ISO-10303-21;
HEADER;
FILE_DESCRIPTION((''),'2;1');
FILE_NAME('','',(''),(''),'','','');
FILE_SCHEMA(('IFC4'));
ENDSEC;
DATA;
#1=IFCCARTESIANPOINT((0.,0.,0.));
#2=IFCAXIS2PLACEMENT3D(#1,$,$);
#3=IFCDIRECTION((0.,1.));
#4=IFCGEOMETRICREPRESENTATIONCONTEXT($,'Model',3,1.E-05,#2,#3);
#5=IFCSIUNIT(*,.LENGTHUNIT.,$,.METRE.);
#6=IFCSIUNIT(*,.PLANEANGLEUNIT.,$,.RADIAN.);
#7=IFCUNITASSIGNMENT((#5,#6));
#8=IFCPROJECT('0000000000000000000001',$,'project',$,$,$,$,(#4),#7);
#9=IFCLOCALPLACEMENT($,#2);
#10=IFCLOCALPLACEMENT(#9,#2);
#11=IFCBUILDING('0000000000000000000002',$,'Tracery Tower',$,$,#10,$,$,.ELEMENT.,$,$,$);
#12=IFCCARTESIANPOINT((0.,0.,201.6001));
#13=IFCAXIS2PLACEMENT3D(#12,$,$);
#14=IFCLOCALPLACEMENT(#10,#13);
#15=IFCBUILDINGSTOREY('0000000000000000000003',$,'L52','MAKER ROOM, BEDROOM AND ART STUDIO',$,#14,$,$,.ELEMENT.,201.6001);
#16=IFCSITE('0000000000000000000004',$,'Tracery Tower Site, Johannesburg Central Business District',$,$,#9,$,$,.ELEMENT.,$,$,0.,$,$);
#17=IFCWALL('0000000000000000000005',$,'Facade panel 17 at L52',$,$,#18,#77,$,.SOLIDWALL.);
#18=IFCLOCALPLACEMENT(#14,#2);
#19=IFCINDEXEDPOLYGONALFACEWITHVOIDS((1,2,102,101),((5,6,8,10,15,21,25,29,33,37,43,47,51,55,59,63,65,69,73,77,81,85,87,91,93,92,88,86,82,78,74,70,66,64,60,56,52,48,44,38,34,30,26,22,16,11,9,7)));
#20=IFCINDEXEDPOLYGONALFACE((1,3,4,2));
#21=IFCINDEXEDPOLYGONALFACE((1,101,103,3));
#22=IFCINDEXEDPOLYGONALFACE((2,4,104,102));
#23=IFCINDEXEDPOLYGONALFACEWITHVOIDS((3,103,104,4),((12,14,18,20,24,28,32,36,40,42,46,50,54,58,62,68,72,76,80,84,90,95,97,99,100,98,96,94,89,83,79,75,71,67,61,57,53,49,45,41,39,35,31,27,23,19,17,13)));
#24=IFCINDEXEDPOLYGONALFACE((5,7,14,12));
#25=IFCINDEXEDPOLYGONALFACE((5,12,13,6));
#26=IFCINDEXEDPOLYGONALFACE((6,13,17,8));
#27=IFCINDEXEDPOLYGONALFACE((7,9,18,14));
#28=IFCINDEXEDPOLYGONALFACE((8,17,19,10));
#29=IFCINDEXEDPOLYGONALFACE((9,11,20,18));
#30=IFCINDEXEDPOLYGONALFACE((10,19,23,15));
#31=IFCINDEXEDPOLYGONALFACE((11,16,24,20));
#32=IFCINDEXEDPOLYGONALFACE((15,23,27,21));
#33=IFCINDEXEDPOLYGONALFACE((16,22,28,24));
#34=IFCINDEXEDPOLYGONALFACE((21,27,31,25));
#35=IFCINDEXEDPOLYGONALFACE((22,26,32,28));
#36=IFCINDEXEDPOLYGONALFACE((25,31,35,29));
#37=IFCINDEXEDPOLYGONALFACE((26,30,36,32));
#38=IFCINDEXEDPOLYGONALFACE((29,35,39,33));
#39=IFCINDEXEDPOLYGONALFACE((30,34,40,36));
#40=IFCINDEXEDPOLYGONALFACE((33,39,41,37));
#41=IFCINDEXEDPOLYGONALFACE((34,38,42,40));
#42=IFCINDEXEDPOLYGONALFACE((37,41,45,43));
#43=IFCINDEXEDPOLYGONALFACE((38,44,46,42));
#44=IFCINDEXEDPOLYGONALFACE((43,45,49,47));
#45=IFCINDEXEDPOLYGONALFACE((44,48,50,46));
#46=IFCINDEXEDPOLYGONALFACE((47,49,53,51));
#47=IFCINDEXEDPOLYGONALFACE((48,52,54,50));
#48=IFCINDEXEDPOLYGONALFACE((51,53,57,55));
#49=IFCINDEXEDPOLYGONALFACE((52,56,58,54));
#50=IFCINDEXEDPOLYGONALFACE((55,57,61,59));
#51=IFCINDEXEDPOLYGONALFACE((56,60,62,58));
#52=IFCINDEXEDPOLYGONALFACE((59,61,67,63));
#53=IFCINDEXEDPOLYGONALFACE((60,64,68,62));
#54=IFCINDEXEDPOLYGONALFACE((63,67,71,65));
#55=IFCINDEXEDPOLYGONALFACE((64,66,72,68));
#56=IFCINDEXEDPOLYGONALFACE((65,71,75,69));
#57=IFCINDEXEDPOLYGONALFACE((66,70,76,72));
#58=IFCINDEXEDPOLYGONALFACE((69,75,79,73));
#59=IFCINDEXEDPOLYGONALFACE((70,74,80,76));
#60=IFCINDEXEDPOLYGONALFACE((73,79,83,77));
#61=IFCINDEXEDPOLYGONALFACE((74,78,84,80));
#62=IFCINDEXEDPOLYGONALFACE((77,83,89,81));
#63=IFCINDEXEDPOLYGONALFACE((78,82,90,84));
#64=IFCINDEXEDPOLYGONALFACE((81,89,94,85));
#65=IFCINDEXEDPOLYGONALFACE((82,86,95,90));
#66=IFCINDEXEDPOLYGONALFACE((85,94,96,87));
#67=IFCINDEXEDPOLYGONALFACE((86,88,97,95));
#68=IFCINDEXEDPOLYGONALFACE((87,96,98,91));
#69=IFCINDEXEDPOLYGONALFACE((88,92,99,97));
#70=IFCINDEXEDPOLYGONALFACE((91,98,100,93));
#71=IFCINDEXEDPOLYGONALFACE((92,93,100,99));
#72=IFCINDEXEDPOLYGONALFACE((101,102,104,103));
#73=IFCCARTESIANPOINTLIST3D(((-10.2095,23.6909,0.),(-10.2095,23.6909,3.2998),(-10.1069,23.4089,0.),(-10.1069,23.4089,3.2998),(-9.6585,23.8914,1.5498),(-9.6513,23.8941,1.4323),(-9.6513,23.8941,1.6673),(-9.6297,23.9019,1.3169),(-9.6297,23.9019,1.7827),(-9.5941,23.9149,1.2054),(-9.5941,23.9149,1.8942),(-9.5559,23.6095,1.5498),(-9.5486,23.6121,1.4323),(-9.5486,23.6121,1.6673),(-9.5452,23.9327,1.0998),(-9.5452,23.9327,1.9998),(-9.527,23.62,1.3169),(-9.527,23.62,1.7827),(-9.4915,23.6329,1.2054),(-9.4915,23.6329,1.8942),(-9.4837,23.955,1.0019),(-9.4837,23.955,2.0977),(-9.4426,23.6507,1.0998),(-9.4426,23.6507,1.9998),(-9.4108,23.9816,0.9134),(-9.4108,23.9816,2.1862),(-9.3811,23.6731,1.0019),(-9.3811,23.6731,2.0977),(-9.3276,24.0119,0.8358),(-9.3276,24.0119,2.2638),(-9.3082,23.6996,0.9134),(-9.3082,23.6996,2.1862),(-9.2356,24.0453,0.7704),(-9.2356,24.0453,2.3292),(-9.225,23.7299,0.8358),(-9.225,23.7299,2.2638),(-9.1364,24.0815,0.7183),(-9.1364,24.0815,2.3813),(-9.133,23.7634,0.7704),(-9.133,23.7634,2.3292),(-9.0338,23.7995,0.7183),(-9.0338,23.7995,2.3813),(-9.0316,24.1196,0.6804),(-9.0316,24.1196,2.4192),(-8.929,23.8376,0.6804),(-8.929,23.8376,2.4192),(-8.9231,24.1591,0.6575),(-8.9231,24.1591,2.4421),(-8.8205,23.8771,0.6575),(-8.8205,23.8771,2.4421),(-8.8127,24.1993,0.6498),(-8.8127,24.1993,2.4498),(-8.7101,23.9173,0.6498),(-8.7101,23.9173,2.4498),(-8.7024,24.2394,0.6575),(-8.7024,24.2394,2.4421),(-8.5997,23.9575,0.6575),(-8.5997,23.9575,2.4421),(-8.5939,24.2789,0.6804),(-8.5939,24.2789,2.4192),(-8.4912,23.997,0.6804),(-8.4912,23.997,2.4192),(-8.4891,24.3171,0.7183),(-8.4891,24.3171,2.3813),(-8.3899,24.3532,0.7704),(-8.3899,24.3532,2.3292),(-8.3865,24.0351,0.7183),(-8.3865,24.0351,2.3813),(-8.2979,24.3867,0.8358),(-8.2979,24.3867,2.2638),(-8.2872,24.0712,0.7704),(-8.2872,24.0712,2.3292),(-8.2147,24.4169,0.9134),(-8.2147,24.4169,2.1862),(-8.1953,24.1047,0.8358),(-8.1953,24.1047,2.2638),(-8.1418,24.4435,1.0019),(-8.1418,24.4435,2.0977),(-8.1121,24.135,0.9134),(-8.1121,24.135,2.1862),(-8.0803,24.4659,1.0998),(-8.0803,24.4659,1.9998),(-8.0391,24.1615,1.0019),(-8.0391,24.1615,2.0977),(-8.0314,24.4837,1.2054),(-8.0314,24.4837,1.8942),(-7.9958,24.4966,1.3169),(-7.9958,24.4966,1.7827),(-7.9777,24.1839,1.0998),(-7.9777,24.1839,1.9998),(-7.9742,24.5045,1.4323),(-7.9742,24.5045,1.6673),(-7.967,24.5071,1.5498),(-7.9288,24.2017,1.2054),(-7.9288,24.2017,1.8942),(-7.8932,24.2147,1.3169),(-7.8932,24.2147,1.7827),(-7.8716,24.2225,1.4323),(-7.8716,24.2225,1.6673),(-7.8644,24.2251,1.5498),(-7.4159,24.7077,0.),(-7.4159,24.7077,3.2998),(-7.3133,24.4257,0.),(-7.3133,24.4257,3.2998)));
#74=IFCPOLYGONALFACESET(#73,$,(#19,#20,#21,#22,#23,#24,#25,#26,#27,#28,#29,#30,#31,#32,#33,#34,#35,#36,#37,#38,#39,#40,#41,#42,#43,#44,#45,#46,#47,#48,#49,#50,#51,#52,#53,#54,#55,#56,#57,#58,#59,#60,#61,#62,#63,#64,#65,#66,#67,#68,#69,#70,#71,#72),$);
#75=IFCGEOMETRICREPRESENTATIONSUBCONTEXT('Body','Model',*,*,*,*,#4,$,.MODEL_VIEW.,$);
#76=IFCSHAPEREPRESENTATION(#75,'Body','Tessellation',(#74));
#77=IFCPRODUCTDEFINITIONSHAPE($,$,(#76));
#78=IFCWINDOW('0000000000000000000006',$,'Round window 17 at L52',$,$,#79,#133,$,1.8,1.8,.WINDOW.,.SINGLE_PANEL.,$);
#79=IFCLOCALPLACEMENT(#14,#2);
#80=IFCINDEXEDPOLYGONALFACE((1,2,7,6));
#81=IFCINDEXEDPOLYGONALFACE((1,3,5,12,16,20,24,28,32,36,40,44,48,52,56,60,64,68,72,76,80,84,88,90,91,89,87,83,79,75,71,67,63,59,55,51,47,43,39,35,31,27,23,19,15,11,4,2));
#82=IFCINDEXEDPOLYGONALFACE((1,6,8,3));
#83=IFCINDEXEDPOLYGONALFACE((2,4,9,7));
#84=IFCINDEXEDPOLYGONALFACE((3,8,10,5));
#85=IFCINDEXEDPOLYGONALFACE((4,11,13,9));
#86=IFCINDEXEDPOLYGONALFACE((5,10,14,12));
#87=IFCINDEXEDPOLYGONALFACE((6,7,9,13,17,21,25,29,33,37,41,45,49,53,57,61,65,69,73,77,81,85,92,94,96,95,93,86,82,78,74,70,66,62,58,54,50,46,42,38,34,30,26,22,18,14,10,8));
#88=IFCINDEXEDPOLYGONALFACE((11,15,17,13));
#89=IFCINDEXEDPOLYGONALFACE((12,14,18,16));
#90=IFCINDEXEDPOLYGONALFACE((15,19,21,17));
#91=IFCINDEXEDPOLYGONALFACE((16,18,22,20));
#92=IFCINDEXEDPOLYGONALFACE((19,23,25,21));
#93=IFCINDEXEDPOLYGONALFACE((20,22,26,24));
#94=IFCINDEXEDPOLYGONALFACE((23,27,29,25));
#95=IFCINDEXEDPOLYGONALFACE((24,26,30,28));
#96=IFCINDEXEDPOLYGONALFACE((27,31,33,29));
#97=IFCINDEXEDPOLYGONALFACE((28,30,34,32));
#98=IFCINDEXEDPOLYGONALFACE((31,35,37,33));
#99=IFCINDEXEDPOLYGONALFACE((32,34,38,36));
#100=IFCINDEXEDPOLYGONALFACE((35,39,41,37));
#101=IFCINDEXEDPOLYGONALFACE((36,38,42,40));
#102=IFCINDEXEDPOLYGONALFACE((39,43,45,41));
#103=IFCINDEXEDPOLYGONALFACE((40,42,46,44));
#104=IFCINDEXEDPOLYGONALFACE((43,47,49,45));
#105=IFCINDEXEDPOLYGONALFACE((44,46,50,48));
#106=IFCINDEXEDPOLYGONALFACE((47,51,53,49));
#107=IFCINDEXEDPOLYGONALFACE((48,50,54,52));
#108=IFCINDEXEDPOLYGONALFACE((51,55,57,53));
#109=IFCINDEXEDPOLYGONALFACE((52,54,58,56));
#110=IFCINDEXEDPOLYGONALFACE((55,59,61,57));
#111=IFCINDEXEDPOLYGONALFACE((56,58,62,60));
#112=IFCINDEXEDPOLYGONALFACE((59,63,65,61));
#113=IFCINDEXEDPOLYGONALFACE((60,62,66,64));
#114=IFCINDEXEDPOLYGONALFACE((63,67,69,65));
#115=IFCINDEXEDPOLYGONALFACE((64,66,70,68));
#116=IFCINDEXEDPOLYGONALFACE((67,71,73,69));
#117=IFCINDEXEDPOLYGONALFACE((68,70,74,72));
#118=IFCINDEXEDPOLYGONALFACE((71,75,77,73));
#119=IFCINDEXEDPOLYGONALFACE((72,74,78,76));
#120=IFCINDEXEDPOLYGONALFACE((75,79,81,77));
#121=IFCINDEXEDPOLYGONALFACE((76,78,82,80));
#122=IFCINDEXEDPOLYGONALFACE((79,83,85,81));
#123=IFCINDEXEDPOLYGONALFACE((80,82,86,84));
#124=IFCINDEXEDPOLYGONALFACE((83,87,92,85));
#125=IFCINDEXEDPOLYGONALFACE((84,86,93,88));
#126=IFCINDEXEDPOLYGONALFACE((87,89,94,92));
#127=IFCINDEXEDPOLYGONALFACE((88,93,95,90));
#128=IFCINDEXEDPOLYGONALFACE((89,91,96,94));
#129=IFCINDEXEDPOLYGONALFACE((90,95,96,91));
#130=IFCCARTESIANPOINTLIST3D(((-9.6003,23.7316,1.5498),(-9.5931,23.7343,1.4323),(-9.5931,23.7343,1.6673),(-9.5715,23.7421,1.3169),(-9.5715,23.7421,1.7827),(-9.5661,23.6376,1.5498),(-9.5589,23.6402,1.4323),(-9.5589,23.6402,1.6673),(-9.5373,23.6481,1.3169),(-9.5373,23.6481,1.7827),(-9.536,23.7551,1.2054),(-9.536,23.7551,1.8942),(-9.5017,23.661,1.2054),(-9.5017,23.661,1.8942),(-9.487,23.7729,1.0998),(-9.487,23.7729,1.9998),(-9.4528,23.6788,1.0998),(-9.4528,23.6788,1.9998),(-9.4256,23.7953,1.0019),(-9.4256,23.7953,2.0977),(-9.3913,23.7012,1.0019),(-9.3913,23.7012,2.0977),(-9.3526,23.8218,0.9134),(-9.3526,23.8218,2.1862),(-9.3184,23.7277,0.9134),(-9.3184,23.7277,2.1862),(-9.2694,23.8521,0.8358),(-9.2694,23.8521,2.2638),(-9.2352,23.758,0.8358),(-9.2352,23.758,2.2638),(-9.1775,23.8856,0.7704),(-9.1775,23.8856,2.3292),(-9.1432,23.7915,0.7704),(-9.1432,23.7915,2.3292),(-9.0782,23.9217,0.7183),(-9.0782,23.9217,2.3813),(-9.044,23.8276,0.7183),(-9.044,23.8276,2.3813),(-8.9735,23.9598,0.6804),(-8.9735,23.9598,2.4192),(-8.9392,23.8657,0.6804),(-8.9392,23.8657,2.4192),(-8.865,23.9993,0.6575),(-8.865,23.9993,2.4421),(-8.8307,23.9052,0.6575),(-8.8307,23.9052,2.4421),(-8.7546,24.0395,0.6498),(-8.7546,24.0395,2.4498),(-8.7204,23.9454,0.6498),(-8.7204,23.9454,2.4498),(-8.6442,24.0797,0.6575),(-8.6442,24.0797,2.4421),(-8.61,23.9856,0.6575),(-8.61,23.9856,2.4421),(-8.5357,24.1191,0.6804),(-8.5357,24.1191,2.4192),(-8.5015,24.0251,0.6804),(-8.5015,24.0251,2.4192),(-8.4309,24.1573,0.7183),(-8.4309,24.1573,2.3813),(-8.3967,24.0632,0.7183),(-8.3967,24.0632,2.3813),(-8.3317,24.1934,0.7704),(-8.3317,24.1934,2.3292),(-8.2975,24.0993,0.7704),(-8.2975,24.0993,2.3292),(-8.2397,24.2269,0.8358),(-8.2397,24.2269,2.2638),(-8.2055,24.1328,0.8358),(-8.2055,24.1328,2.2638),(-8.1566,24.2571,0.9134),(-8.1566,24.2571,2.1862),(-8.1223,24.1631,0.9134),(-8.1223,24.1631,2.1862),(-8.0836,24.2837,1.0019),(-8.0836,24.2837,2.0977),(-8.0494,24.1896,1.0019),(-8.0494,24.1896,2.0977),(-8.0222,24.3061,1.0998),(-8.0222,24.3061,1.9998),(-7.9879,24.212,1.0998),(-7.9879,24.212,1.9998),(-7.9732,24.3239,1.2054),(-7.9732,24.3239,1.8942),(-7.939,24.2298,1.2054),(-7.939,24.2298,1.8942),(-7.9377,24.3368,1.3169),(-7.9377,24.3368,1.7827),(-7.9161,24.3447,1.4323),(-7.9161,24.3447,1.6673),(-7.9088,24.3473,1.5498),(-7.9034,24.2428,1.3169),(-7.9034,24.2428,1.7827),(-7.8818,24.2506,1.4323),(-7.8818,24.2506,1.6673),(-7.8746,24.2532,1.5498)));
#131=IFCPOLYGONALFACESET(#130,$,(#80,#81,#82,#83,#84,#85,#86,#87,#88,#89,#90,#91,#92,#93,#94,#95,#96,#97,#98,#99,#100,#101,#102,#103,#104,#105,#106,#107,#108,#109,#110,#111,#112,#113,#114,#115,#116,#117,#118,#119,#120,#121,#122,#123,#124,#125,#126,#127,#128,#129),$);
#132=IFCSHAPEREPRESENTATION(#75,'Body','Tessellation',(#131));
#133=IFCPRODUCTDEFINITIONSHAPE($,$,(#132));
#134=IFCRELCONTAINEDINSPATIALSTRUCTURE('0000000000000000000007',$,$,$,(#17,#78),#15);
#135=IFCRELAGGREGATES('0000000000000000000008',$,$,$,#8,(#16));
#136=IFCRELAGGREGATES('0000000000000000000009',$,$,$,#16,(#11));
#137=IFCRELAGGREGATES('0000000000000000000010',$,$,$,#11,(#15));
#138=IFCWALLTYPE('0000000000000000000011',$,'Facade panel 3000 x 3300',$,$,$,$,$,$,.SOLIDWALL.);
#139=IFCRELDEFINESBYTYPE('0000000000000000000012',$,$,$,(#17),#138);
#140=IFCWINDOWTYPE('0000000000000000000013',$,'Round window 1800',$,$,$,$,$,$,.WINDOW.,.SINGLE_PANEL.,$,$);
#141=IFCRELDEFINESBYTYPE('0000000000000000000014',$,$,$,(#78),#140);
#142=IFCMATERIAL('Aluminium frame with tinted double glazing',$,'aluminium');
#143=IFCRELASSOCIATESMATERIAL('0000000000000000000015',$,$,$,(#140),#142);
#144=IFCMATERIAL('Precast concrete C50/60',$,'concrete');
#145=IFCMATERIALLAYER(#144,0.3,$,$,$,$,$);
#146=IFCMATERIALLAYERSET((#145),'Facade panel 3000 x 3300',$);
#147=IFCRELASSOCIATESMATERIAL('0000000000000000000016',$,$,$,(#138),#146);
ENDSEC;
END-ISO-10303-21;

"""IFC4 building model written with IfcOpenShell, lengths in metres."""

from ifc_helpers import new_model, si_unit, direction, frame, frame_2d, origin, origin_2d, place, context, subcontext, project, spatial, rectangle, circle, extrude, material, layer, layer_set, type_object, element, fill, save


model = new_model("IFC4")

# Units and contexts
model_context = context("Model", 3, precision=1e-05, world=origin(), true_north=direction((0.0, 1.0)))
body_context = subcontext(model_context, "Body", "Model", "MODEL_VIEW")
ifc_project = project(units=[si_unit("LENGTHUNIT", "METRE"), si_unit("PLANEANGLEUNIT", "RADIAN")], contexts=[model_context])

# Site, building, storey
site_placement = place(None, origin())
site = spatial("IfcSite", under=ifc_project, at=site_placement, Name="Tracery Tower Site, Johannesburg Central Business District", CompositionType="ELEMENT", RefElevation=0.0)
building_placement = place(site_placement, origin())
building = spatial("IfcBuilding", under=site, at=building_placement, Name="Tracery Tower", CompositionType="ELEMENT")
storey_placement = place(building_placement, frame((0.0, 0.0, 201.6001)))
storey = spatial("IfcBuildingStorey", under=building, at=storey_placement, Name="L52", Description="MAKER ROOM, BEDROOM AND ART STUDIO", CompositionType="ELEMENT", Elevation=201.6001)

# Wall, opening, window
ifc_material_1 = material(Name="Aluminium frame with tinted double glazing", Category="aluminium")
window_type = type_object("IfcWindowType", Name="Round window 1800", PartitioningType="SINGLE_PANEL", PredefinedType="WINDOW", material=ifc_material_1)
ifc_material_2 = material(Name="Precast concrete C50/60", Category="concrete")
ifc_layer_1 = layer(ifc_material_2, 0.3)
ifc_layer_set_1 = layer_set([ifc_layer_1], Name="Facade panel 3000 x 3300")
wall_type_1 = type_object("IfcWallType", Name="Facade panel 3000 x 3300", PredefinedType="SOLIDWALL", material=ifc_layer_set_1)
wall_1_placement = place(storey_placement, frame((-7.3647, 24.5667, 0.0), z_axis=(0.0, 0.0, 1.0), x_axis=(-0.93969, -0.342027, 0.0)))
wall_1 = element("IfcWall", 1, at=wall_1_placement, inside=storey, type_object=wall_type_1, Name="Facade panel 17 at L52", PredefinedType="SOLIDWALL", context=body_context, shape_type="SweptSolid", body=[
    extrude(rectangle(XDim=2.9729, YDim=0.3, at=frame_2d((1.4863, 0.0))), origin(), (0.0, 0.0, 1.0), 3.2998),
])
opening_1_placement = place(wall_1_placement, frame((1.4863, 0.0, 1.5498)))
opening_1 = element("IfcOpeningElement", 2, at=opening_1_placement, cuts=wall_1, PredefinedType="OPENING", context=body_context, shape_type="SweptSolid", body=[
    extrude(circle(Radius=0.9, at=origin_2d()), frame((0.0, 0.1599, 0.0), z_axis=(0.0, -1.0, 0.0), x_axis=(1.0, 0.0, 0.0)), (0.0, 0.0, 1.0), 0.3201),
])
window_1_placement = place(opening_1_placement, origin())
window_1 = element("IfcWindow", 3, at=window_1_placement, inside=storey, type_object=window_type, Name="Round window 17 at L52", OverallHeight=1.8, OverallWidth=1.8, PartitioningType="SINGLE_PANEL", PredefinedType="WINDOW", context=body_context, shape_type="SweptSolid", body=[
    extrude(circle(Radius=0.9, at=origin_2d()), frame((0.0, 0.1201, 0.0), z_axis=(0.0, -1.0, 0.0), x_axis=(1.0, 0.0, 0.0)), (0.0, 0.0, 1.0), 0.1001),
])
fill(opening_1, window_1)

save(model, "model.ifc")
